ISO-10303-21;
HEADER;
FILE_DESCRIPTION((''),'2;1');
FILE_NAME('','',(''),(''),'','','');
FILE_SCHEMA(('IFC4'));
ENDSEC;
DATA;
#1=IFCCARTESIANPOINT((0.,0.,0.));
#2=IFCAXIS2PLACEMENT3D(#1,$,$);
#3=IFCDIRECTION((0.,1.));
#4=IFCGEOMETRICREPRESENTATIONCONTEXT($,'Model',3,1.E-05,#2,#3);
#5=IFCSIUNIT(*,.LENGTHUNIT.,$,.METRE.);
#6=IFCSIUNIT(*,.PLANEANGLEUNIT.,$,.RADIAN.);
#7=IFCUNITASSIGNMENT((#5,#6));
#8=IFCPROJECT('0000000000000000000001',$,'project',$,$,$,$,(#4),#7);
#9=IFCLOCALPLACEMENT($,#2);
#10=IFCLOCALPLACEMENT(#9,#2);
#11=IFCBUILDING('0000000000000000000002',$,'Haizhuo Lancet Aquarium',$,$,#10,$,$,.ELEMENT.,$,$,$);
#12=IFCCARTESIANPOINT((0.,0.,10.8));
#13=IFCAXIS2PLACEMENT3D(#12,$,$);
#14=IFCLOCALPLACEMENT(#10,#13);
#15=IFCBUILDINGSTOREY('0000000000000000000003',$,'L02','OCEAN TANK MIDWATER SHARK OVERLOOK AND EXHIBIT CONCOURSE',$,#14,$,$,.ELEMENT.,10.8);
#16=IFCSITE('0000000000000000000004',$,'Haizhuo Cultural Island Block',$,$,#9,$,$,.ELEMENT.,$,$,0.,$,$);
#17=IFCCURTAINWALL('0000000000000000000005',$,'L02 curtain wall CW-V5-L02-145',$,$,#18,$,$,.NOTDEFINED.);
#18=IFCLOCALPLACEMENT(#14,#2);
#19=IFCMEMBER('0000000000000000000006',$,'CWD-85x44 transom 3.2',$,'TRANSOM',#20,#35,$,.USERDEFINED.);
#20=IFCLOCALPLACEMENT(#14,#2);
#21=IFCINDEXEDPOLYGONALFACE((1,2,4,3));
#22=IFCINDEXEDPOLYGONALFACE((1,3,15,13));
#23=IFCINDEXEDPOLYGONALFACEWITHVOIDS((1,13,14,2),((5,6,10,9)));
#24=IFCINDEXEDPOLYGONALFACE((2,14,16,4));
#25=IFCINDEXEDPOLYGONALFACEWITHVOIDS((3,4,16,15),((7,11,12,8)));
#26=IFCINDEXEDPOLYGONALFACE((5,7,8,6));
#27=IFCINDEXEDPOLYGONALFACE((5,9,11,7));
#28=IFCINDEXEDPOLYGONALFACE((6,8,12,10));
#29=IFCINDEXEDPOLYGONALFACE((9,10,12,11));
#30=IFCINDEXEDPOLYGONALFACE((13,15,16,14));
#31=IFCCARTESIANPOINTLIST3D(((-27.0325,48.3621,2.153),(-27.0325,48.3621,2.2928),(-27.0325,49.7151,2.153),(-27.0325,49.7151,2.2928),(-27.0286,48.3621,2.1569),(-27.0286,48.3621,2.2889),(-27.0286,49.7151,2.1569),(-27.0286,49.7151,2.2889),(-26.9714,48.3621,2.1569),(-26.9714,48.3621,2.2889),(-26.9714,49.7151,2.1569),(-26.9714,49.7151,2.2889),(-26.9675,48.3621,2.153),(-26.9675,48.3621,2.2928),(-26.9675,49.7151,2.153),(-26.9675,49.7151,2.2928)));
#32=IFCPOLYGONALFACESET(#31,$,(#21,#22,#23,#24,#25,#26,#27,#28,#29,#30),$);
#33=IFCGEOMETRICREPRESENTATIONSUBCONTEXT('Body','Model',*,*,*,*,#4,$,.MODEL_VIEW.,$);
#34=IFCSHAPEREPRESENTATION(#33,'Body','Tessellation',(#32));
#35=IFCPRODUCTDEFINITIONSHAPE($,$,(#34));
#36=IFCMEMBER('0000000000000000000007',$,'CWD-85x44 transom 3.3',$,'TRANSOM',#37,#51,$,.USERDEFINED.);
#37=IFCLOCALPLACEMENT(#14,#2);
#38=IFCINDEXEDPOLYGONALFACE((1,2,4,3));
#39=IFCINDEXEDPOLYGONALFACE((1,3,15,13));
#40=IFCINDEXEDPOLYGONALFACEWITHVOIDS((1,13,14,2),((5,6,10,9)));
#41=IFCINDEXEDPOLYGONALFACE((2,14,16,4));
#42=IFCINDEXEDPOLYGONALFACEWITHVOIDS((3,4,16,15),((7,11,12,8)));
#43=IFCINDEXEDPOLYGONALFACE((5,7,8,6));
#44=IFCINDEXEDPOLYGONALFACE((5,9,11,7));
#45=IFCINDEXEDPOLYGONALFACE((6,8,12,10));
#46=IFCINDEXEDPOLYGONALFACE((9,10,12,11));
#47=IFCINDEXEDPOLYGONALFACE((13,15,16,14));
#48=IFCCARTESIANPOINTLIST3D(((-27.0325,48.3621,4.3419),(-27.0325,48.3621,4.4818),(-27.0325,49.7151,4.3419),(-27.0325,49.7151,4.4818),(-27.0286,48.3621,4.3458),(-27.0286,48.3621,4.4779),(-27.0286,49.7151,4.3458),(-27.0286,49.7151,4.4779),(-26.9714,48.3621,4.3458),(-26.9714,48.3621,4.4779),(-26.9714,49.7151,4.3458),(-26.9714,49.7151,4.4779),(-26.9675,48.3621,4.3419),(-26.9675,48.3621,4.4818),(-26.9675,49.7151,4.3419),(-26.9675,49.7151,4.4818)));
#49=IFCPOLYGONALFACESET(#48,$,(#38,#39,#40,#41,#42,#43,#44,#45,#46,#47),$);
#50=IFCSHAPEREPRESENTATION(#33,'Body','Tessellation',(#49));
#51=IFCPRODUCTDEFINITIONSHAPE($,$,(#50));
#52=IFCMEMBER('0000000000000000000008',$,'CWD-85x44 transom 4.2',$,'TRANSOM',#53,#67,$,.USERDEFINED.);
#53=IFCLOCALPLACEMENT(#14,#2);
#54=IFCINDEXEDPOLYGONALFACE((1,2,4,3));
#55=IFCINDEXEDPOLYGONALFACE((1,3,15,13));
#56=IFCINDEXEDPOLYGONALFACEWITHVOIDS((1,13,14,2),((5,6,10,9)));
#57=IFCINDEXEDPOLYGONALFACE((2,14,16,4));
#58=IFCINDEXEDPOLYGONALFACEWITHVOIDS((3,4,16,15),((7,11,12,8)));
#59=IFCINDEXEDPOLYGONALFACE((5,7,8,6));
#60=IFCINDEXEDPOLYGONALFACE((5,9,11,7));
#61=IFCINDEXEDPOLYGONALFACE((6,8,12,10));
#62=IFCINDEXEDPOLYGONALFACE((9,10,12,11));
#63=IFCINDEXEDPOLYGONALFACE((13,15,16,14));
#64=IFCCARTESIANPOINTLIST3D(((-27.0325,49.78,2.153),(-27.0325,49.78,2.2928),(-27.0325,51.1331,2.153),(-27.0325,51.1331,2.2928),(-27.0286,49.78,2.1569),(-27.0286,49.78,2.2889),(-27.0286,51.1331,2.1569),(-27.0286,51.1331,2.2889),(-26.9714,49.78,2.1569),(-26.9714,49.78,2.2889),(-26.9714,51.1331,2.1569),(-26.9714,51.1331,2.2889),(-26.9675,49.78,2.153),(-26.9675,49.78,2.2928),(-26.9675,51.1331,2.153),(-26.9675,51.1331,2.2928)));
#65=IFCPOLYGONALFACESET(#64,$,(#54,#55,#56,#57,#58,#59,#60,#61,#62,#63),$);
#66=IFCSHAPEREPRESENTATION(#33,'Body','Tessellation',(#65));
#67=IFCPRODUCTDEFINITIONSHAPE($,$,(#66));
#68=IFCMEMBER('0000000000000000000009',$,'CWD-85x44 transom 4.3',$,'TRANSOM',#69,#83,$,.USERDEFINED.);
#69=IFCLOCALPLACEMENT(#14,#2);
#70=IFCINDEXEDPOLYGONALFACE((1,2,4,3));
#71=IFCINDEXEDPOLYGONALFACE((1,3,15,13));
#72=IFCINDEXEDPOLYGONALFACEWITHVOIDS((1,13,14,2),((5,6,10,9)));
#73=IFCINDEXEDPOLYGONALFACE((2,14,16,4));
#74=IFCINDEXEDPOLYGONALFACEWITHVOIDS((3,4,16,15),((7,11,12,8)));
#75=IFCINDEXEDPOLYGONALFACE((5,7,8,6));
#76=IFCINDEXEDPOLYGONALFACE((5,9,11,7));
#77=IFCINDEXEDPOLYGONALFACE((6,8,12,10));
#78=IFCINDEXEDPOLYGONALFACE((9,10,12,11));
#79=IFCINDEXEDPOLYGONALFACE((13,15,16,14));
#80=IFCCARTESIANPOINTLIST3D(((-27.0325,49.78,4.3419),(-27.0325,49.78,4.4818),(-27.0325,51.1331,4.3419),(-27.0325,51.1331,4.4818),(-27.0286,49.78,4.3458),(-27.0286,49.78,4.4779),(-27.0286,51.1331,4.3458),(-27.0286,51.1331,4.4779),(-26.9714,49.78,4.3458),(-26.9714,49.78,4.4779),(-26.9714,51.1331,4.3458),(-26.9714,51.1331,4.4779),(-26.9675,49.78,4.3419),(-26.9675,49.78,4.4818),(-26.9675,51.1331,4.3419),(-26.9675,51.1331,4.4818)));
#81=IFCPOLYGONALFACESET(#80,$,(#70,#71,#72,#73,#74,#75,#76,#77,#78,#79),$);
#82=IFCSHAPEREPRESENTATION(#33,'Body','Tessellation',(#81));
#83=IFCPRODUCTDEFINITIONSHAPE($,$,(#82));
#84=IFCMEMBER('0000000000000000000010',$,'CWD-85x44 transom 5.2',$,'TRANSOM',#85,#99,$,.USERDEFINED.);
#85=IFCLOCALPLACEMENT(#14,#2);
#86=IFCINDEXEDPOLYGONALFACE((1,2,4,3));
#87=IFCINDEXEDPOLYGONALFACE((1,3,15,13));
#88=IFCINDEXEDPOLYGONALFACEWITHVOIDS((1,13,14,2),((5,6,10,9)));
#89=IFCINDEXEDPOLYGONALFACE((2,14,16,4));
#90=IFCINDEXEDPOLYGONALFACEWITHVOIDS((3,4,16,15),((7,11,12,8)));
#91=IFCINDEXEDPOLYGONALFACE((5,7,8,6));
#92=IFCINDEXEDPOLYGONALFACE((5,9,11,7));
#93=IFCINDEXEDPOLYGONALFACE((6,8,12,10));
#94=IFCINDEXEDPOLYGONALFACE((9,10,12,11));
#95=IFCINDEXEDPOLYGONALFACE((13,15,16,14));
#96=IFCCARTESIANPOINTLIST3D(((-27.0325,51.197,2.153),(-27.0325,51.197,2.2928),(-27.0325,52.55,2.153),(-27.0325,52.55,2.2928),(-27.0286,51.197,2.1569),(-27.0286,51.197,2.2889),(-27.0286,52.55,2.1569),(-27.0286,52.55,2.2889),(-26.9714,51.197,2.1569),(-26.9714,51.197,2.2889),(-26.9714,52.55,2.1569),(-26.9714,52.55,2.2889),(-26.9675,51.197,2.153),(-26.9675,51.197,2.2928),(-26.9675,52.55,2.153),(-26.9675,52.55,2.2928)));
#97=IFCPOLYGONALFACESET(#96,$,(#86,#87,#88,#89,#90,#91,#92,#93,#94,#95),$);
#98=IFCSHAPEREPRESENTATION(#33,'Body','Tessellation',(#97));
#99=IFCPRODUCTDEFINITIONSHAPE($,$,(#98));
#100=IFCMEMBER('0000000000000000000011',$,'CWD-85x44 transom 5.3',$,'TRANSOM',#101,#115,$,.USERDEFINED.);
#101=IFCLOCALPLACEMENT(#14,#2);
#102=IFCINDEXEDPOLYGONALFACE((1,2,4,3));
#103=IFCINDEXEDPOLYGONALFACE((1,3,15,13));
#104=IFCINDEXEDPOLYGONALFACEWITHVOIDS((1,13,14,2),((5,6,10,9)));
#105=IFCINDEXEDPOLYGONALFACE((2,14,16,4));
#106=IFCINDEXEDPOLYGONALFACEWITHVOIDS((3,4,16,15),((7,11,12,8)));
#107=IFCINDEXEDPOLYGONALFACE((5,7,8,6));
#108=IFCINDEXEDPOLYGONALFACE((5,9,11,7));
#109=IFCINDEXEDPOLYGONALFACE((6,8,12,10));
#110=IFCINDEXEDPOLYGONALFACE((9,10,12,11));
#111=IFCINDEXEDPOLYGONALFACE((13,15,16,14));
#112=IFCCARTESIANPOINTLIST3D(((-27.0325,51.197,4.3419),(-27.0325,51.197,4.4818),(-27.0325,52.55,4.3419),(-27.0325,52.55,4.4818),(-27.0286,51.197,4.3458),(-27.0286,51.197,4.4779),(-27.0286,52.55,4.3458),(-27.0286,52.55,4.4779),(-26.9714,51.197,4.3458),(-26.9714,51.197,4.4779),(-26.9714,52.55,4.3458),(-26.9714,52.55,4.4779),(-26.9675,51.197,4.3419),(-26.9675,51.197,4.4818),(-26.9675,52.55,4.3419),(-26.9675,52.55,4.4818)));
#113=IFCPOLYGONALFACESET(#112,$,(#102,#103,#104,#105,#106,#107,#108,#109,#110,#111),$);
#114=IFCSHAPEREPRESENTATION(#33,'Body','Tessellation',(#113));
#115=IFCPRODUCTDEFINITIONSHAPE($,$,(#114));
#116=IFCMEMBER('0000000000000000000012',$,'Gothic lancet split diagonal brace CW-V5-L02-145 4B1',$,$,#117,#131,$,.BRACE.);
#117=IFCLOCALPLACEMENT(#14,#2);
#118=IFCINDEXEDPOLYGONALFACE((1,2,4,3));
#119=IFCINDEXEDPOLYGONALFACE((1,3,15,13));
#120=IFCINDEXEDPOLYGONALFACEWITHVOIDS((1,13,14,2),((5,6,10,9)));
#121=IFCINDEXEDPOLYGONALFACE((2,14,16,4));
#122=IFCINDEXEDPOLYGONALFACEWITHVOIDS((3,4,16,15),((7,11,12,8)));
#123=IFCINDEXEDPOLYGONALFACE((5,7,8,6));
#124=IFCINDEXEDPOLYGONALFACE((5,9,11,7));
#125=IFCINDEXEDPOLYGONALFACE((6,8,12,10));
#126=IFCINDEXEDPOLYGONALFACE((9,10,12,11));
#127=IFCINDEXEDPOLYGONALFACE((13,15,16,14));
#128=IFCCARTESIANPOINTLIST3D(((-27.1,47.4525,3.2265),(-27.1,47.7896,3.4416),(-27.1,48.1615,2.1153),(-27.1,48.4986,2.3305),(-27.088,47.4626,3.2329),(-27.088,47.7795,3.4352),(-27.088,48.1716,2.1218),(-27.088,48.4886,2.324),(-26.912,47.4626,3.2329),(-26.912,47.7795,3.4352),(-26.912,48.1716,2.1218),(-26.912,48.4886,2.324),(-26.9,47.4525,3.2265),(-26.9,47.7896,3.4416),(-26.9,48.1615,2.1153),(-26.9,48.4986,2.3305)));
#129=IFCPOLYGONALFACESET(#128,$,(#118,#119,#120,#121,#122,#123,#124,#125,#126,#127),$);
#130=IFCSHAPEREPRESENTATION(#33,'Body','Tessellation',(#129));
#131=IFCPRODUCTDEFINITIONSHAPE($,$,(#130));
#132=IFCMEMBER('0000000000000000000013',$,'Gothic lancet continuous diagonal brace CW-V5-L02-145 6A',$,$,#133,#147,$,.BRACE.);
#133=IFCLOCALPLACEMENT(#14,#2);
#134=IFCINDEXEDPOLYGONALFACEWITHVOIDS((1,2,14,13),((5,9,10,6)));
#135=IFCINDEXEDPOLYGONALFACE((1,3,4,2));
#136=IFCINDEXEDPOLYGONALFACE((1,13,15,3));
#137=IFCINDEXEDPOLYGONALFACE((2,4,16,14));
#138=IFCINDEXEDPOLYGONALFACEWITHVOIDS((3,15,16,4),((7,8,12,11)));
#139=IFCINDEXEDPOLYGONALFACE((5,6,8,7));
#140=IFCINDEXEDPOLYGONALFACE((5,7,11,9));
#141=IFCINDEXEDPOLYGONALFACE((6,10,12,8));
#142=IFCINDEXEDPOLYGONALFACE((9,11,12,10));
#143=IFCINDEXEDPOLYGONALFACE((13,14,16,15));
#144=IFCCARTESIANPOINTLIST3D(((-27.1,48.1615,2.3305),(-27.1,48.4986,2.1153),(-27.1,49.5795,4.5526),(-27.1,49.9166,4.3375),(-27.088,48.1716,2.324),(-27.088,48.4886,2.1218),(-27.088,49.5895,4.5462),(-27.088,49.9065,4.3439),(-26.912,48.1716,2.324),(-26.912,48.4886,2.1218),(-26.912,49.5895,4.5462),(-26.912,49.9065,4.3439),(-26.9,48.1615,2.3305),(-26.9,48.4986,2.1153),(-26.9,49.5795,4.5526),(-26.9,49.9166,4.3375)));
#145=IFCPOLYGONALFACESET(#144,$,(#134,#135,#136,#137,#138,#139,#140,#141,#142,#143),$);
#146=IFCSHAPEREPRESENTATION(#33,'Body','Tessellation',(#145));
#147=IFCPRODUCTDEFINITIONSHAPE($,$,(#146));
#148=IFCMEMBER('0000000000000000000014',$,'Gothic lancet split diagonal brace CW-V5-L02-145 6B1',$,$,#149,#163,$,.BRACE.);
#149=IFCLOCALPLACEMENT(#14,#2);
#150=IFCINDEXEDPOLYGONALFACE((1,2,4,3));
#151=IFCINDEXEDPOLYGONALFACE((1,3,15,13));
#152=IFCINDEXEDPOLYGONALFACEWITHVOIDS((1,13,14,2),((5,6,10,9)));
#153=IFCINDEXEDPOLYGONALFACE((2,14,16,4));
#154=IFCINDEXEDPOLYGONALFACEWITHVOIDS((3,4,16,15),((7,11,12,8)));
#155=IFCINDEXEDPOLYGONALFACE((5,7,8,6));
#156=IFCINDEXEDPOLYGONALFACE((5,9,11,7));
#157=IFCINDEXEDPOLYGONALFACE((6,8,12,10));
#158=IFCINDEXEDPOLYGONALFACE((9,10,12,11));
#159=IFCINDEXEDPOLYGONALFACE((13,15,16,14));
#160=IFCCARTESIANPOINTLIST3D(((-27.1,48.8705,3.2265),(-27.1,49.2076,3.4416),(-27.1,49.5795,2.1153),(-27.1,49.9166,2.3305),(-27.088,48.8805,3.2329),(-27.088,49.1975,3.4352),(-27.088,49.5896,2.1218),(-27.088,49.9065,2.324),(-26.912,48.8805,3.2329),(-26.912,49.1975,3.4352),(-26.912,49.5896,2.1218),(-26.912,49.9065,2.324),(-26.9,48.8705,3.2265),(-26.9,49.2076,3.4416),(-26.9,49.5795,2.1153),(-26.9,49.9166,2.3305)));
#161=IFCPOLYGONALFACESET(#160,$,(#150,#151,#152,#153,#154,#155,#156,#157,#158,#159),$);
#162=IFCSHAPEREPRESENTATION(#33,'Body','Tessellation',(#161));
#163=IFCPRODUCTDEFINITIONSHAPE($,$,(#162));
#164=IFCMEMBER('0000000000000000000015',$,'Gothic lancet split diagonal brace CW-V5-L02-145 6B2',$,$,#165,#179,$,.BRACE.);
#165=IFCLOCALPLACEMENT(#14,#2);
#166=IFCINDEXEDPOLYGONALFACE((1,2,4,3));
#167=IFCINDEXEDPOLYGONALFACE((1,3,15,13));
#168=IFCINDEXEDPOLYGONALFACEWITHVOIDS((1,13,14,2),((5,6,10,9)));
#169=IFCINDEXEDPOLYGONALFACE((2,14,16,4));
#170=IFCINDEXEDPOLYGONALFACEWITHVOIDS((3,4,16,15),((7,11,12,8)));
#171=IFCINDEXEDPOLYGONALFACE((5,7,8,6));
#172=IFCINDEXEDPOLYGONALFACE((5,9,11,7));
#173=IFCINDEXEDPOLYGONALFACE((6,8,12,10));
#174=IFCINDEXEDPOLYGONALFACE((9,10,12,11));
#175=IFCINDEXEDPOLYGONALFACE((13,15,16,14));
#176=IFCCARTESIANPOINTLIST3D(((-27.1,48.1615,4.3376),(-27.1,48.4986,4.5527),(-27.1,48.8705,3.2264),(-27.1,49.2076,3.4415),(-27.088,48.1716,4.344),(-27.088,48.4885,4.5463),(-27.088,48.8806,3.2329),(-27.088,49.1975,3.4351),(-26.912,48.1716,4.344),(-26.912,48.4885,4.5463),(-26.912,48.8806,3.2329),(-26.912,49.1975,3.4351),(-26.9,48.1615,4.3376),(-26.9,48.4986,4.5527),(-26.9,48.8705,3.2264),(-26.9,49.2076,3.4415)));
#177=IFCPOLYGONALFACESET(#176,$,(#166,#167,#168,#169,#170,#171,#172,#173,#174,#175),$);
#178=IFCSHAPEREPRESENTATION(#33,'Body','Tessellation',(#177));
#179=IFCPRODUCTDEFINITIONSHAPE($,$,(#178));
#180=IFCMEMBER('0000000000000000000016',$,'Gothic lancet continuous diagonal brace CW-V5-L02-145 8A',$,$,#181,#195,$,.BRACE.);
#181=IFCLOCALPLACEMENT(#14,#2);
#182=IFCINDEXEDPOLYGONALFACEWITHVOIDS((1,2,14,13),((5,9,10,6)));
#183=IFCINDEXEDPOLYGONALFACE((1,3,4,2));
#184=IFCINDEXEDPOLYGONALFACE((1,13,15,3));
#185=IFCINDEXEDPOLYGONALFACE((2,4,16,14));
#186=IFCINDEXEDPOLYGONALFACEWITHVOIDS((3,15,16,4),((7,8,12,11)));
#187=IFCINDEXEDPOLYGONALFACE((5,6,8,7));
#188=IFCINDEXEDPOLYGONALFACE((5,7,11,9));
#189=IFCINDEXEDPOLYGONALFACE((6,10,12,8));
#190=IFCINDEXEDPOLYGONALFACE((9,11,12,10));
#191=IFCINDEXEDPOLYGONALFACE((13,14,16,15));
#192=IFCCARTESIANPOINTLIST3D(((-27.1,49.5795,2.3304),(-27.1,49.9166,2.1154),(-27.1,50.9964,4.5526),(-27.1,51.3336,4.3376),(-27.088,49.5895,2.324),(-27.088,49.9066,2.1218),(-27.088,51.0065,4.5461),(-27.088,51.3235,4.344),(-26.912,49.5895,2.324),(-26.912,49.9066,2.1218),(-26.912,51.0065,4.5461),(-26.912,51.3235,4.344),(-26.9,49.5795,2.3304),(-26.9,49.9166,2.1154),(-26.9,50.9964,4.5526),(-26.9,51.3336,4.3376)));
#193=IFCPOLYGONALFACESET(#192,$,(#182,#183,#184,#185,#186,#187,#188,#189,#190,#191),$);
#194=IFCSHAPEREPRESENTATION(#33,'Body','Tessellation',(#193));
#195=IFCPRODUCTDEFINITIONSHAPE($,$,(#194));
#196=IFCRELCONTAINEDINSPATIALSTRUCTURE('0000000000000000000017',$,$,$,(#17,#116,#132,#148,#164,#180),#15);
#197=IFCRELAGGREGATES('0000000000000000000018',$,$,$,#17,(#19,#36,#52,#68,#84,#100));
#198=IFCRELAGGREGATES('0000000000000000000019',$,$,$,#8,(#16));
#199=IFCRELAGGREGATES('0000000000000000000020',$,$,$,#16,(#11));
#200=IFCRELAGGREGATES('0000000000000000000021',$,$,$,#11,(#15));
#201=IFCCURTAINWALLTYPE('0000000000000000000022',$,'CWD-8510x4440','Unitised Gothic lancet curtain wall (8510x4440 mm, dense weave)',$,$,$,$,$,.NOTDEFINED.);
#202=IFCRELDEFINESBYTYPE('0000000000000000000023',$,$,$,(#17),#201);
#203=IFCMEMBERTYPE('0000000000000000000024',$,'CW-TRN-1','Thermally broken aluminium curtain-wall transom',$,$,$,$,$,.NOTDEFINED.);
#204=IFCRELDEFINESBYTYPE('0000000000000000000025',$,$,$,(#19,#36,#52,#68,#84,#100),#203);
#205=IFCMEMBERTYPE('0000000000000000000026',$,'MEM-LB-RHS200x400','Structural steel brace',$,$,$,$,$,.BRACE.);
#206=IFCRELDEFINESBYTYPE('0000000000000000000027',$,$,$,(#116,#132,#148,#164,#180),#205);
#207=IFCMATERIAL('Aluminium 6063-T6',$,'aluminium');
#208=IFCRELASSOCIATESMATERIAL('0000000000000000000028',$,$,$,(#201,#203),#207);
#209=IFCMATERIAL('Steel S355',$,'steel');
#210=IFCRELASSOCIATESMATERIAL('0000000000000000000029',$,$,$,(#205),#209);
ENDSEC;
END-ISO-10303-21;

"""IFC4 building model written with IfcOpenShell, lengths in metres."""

from ifc_helpers import new_model, si_unit, direction, frame, origin, origin_2d, place, context, subcontext, project, spatial, hollow_rectangle, extrude, material, material_profile, profile_set, type_object, element, aggregate, save


model = new_model("IFC4")

# Units and contexts
model_context = context("Model", 3, precision=1e-05, world=origin(), true_north=direction((0.0, 1.0)))
body_context = subcontext(model_context, "Body", "Model", "MODEL_VIEW")
ifc_project = project(units=[si_unit("LENGTHUNIT", "METRE"), si_unit("PLANEANGLEUNIT", "RADIAN")], contexts=[model_context])

# Site, building, storey
site_placement = place(None, origin())
site = spatial("IfcSite", under=ifc_project, at=site_placement, Name="Haizhuo Cultural Island Block", CompositionType="ELEMENT", RefElevation=0.0)
building_placement = place(site_placement, origin())
building = spatial("IfcBuilding", under=site, at=building_placement, Name="Haizhuo Lancet Aquarium", CompositionType="ELEMENT")
storey_placement = place(building_placement, frame((0.0, 0.0, 10.8)))
storey = spatial("IfcBuildingStorey", under=building, at=storey_placement, Name="L02", Description="OCEAN TANK MIDWATER SHARK OVERLOOK AND EXHIBIT CONCOURSE", CompositionType="ELEMENT", Elevation=10.8)

# Curtain wall, members
ifc_material_1 = material(Name="Aluminium 6063-T6", Category="aluminium")
curtain_wall_type = type_object("IfcCurtainWallType", Name="CWD-8510x4440", Description="Unitised Gothic lancet curtain wall (8510x4440 mm, dense weave)", PredefinedType="NOTDEFINED", material=ifc_material_1)
curtain_wall_placement = place(storey_placement, origin())
curtain_wall = element("IfcCurtainWall", 1, at=curtain_wall_placement, inside=storey, type_object=curtain_wall_type, Name="L02 curtain wall CW-V5-L02-145", PredefinedType="NOTDEFINED")
ifc_material_profile_1 = material_profile(ifc_material_1, hollow_rectangle(XDim=0.0649, YDim=0.1399, WallThickness=0.0039, at=origin_2d()), Name="ALU-T 65x140x4")
ifc_profile_set_1 = profile_set([ifc_material_profile_1], Name="Aluminium 6063-T6")
member_type_1 = type_object("IfcMemberType", Name="CW-TRN-1", Description="Thermally broken aluminium curtain-wall transom", PredefinedType="NOTDEFINED", material=ifc_profile_set_1)
member_1_placement = place(storey_placement, frame((-27.0, 48.3621, 2.2229), z_axis=(0.0, 1.0, 0.0), x_axis=(-1.0, 0.0, 0.0)))
member_1 = element("IfcMember", 2, at=member_1_placement, type_object=member_type_1, Name="CWD-85x44 transom 3.2", ObjectType="TRANSOM", PredefinedType="USERDEFINED", context=body_context, shape_type="SweptSolid", body=[
    extrude(hollow_rectangle(XDim=0.0649, YDim=0.1399, WallThickness=0.0039, at=origin_2d()), origin(), (0.0, 0.0, 1.0), 1.353),
])
member_2_placement = place(storey_placement, frame((-27.0, 48.3621, 4.4119), z_axis=(0.0, 1.0, 0.0), x_axis=(-1.0, 0.0, 0.0)))
member_2 = element("IfcMember", 3, at=member_2_placement, type_object=member_type_1, Name="CWD-85x44 transom 3.3", ObjectType="TRANSOM", PredefinedType="USERDEFINED", context=body_context, shape_type="SweptSolid", body=[
    extrude(hollow_rectangle(XDim=0.0649, YDim=0.1399, WallThickness=0.0039, at=origin_2d()), origin(), (0.0, 0.0, 1.0), 1.353),
])
member_3_placement = place(storey_placement, frame((-27.0, 49.78, 2.2229), z_axis=(0.0, 1.0, 0.0), x_axis=(-1.0, 0.0, 0.0)))
member_3 = element("IfcMember", 4, at=member_3_placement, type_object=member_type_1, Name="CWD-85x44 transom 4.2", ObjectType="TRANSOM", PredefinedType="USERDEFINED", context=body_context, shape_type="SweptSolid", body=[
    extrude(hollow_rectangle(XDim=0.0649, YDim=0.1399, WallThickness=0.0039, at=origin_2d()), origin(), (0.0, 0.0, 1.0), 1.353),
])
member_4_placement = place(storey_placement, frame((-27.0, 49.78, 4.4119), z_axis=(0.0, 1.0, 0.0), x_axis=(-1.0, 0.0, 0.0)))
member_4 = element("IfcMember", 5, at=member_4_placement, type_object=member_type_1, Name="CWD-85x44 transom 4.3", ObjectType="TRANSOM", PredefinedType="USERDEFINED", context=body_context, shape_type="SweptSolid", body=[
    extrude(hollow_rectangle(XDim=0.0649, YDim=0.1399, WallThickness=0.0039, at=origin_2d()), origin(), (0.0, 0.0, 1.0), 1.353),
])
member_5_placement = place(storey_placement, frame((-27.0, 51.197, 2.2229), z_axis=(0.0, 1.0, 0.0), x_axis=(-1.0, 0.0, 0.0)))
member_5 = element("IfcMember", 6, at=member_5_placement, type_object=member_type_1, Name="CWD-85x44 transom 5.2", ObjectType="TRANSOM", PredefinedType="USERDEFINED", context=body_context, shape_type="SweptSolid", body=[
    extrude(hollow_rectangle(XDim=0.0649, YDim=0.1399, WallThickness=0.0039, at=origin_2d()), origin(), (0.0, 0.0, 1.0), 1.353),
])
member_6_placement = place(storey_placement, frame((-27.0, 51.197, 4.4119), z_axis=(0.0, 1.0, 0.0), x_axis=(-1.0, 0.0, 0.0)))
member_6 = element("IfcMember", 7, at=member_6_placement, type_object=member_type_1, Name="CWD-85x44 transom 5.3", ObjectType="TRANSOM", PredefinedType="USERDEFINED", context=body_context, shape_type="SweptSolid", body=[
    extrude(hollow_rectangle(XDim=0.0649, YDim=0.1399, WallThickness=0.0039, at=origin_2d()), origin(), (0.0, 0.0, 1.0), 1.353),
])

# Members
ifc_material_2 = material(Name="Steel S355", Category="steel")
ifc_material_profile_2 = material_profile(ifc_material_2, hollow_rectangle(XDim=0.2, YDim=0.3999, WallThickness=0.012, at=origin_2d()), Name="RHS 200x400x12")
ifc_profile_set_2 = profile_set([ifc_material_profile_2], Name="Steel S355")
member_type_2 = type_object("IfcMemberType", Name="MEM-LB-RHS200x400", Description="Structural steel brace", PredefinedType="BRACE", material=ifc_profile_set_2)
member_7_placement = place(storey_placement, frame((-27.0, 48.3301, 2.2229), z_axis=(0.0, -0.537918, 0.842997), x_axis=(1.0, 0.0, 0.0)))
element("IfcMember", 8, at=member_7_placement, inside=storey, type_object=member_type_2, Name="Gothic lancet split diagonal brace CW-V5-L02-145 4B1", PredefinedType="BRACE", context=body_context, shape_type="SweptSolid", body=[
    extrude(hollow_rectangle(XDim=0.2, YDim=0.3999, WallThickness=0.012, at=origin_2d()), origin(), (0.0, 0.0, 1.0), 1.3181),
])
member_8_placement = place(storey_placement, frame((-27.0, 48.3301, 2.2229), z_axis=(0.0, 0.537918, 0.842997), x_axis=(-1.0, 0.0, 0.0)))
element("IfcMember", 9, at=member_8_placement, inside=storey, type_object=member_type_2, Name="Gothic lancet continuous diagonal brace CW-V5-L02-145 6A", PredefinedType="BRACE", context=body_context, shape_type="SweptSolid", body=[
    extrude(hollow_rectangle(XDim=0.2, YDim=0.3999, WallThickness=0.012, at=origin_2d()), origin(), (0.0, 0.0, 1.0), 2.636),
])
for number, where, z_axis, x_axis, name in (
    (10, (-27.0, 49.748, 2.2229), (0.0, -0.537918, 0.842997), (1.0, 0.0, 0.0), "Gothic lancet split diagonal brace CW-V5-L02-145 6B1"),
    (11, (-27.0, 49.0391, 3.334), (0.0, -0.537918, 0.842997), (1.0, 0.0, 0.0), "Gothic lancet split diagonal brace CW-V5-L02-145 6B2"),
):
    element("IfcMember", number, at=place(storey_placement, frame(where, z_axis=z_axis, x_axis=x_axis)), inside=storey, type_object=member_type_2, Name=name, PredefinedType="BRACE", context=body_context, shape_type="SweptSolid", body=[
        extrude(hollow_rectangle(XDim=0.2, YDim=0.3999, WallThickness=0.012, at=origin_2d()), origin(), (0.0, 0.0, 1.0), 1.3181),
    ])
member_9_placement = place(storey_placement, frame((-27.0, 49.748, 2.2229), z_axis=(0.0, 0.537654, 0.843165), x_axis=(-1.0, 0.0, 0.0)))
element("IfcMember", 12, at=member_9_placement, inside=storey, type_object=member_type_2, Name="Gothic lancet continuous diagonal brace CW-V5-L02-145 8A", PredefinedType="BRACE", context=body_context, shape_type="SweptSolid", body=[
    extrude(hollow_rectangle(XDim=0.2, YDim=0.3999, WallThickness=0.012, at=origin_2d()), origin(), (0.0, 0.0, 1.0), 2.6355),
])

aggregate(curtain_wall, [member_1, member_2, member_3, member_4, member_5, member_6])

save(model, "model.ifc")
